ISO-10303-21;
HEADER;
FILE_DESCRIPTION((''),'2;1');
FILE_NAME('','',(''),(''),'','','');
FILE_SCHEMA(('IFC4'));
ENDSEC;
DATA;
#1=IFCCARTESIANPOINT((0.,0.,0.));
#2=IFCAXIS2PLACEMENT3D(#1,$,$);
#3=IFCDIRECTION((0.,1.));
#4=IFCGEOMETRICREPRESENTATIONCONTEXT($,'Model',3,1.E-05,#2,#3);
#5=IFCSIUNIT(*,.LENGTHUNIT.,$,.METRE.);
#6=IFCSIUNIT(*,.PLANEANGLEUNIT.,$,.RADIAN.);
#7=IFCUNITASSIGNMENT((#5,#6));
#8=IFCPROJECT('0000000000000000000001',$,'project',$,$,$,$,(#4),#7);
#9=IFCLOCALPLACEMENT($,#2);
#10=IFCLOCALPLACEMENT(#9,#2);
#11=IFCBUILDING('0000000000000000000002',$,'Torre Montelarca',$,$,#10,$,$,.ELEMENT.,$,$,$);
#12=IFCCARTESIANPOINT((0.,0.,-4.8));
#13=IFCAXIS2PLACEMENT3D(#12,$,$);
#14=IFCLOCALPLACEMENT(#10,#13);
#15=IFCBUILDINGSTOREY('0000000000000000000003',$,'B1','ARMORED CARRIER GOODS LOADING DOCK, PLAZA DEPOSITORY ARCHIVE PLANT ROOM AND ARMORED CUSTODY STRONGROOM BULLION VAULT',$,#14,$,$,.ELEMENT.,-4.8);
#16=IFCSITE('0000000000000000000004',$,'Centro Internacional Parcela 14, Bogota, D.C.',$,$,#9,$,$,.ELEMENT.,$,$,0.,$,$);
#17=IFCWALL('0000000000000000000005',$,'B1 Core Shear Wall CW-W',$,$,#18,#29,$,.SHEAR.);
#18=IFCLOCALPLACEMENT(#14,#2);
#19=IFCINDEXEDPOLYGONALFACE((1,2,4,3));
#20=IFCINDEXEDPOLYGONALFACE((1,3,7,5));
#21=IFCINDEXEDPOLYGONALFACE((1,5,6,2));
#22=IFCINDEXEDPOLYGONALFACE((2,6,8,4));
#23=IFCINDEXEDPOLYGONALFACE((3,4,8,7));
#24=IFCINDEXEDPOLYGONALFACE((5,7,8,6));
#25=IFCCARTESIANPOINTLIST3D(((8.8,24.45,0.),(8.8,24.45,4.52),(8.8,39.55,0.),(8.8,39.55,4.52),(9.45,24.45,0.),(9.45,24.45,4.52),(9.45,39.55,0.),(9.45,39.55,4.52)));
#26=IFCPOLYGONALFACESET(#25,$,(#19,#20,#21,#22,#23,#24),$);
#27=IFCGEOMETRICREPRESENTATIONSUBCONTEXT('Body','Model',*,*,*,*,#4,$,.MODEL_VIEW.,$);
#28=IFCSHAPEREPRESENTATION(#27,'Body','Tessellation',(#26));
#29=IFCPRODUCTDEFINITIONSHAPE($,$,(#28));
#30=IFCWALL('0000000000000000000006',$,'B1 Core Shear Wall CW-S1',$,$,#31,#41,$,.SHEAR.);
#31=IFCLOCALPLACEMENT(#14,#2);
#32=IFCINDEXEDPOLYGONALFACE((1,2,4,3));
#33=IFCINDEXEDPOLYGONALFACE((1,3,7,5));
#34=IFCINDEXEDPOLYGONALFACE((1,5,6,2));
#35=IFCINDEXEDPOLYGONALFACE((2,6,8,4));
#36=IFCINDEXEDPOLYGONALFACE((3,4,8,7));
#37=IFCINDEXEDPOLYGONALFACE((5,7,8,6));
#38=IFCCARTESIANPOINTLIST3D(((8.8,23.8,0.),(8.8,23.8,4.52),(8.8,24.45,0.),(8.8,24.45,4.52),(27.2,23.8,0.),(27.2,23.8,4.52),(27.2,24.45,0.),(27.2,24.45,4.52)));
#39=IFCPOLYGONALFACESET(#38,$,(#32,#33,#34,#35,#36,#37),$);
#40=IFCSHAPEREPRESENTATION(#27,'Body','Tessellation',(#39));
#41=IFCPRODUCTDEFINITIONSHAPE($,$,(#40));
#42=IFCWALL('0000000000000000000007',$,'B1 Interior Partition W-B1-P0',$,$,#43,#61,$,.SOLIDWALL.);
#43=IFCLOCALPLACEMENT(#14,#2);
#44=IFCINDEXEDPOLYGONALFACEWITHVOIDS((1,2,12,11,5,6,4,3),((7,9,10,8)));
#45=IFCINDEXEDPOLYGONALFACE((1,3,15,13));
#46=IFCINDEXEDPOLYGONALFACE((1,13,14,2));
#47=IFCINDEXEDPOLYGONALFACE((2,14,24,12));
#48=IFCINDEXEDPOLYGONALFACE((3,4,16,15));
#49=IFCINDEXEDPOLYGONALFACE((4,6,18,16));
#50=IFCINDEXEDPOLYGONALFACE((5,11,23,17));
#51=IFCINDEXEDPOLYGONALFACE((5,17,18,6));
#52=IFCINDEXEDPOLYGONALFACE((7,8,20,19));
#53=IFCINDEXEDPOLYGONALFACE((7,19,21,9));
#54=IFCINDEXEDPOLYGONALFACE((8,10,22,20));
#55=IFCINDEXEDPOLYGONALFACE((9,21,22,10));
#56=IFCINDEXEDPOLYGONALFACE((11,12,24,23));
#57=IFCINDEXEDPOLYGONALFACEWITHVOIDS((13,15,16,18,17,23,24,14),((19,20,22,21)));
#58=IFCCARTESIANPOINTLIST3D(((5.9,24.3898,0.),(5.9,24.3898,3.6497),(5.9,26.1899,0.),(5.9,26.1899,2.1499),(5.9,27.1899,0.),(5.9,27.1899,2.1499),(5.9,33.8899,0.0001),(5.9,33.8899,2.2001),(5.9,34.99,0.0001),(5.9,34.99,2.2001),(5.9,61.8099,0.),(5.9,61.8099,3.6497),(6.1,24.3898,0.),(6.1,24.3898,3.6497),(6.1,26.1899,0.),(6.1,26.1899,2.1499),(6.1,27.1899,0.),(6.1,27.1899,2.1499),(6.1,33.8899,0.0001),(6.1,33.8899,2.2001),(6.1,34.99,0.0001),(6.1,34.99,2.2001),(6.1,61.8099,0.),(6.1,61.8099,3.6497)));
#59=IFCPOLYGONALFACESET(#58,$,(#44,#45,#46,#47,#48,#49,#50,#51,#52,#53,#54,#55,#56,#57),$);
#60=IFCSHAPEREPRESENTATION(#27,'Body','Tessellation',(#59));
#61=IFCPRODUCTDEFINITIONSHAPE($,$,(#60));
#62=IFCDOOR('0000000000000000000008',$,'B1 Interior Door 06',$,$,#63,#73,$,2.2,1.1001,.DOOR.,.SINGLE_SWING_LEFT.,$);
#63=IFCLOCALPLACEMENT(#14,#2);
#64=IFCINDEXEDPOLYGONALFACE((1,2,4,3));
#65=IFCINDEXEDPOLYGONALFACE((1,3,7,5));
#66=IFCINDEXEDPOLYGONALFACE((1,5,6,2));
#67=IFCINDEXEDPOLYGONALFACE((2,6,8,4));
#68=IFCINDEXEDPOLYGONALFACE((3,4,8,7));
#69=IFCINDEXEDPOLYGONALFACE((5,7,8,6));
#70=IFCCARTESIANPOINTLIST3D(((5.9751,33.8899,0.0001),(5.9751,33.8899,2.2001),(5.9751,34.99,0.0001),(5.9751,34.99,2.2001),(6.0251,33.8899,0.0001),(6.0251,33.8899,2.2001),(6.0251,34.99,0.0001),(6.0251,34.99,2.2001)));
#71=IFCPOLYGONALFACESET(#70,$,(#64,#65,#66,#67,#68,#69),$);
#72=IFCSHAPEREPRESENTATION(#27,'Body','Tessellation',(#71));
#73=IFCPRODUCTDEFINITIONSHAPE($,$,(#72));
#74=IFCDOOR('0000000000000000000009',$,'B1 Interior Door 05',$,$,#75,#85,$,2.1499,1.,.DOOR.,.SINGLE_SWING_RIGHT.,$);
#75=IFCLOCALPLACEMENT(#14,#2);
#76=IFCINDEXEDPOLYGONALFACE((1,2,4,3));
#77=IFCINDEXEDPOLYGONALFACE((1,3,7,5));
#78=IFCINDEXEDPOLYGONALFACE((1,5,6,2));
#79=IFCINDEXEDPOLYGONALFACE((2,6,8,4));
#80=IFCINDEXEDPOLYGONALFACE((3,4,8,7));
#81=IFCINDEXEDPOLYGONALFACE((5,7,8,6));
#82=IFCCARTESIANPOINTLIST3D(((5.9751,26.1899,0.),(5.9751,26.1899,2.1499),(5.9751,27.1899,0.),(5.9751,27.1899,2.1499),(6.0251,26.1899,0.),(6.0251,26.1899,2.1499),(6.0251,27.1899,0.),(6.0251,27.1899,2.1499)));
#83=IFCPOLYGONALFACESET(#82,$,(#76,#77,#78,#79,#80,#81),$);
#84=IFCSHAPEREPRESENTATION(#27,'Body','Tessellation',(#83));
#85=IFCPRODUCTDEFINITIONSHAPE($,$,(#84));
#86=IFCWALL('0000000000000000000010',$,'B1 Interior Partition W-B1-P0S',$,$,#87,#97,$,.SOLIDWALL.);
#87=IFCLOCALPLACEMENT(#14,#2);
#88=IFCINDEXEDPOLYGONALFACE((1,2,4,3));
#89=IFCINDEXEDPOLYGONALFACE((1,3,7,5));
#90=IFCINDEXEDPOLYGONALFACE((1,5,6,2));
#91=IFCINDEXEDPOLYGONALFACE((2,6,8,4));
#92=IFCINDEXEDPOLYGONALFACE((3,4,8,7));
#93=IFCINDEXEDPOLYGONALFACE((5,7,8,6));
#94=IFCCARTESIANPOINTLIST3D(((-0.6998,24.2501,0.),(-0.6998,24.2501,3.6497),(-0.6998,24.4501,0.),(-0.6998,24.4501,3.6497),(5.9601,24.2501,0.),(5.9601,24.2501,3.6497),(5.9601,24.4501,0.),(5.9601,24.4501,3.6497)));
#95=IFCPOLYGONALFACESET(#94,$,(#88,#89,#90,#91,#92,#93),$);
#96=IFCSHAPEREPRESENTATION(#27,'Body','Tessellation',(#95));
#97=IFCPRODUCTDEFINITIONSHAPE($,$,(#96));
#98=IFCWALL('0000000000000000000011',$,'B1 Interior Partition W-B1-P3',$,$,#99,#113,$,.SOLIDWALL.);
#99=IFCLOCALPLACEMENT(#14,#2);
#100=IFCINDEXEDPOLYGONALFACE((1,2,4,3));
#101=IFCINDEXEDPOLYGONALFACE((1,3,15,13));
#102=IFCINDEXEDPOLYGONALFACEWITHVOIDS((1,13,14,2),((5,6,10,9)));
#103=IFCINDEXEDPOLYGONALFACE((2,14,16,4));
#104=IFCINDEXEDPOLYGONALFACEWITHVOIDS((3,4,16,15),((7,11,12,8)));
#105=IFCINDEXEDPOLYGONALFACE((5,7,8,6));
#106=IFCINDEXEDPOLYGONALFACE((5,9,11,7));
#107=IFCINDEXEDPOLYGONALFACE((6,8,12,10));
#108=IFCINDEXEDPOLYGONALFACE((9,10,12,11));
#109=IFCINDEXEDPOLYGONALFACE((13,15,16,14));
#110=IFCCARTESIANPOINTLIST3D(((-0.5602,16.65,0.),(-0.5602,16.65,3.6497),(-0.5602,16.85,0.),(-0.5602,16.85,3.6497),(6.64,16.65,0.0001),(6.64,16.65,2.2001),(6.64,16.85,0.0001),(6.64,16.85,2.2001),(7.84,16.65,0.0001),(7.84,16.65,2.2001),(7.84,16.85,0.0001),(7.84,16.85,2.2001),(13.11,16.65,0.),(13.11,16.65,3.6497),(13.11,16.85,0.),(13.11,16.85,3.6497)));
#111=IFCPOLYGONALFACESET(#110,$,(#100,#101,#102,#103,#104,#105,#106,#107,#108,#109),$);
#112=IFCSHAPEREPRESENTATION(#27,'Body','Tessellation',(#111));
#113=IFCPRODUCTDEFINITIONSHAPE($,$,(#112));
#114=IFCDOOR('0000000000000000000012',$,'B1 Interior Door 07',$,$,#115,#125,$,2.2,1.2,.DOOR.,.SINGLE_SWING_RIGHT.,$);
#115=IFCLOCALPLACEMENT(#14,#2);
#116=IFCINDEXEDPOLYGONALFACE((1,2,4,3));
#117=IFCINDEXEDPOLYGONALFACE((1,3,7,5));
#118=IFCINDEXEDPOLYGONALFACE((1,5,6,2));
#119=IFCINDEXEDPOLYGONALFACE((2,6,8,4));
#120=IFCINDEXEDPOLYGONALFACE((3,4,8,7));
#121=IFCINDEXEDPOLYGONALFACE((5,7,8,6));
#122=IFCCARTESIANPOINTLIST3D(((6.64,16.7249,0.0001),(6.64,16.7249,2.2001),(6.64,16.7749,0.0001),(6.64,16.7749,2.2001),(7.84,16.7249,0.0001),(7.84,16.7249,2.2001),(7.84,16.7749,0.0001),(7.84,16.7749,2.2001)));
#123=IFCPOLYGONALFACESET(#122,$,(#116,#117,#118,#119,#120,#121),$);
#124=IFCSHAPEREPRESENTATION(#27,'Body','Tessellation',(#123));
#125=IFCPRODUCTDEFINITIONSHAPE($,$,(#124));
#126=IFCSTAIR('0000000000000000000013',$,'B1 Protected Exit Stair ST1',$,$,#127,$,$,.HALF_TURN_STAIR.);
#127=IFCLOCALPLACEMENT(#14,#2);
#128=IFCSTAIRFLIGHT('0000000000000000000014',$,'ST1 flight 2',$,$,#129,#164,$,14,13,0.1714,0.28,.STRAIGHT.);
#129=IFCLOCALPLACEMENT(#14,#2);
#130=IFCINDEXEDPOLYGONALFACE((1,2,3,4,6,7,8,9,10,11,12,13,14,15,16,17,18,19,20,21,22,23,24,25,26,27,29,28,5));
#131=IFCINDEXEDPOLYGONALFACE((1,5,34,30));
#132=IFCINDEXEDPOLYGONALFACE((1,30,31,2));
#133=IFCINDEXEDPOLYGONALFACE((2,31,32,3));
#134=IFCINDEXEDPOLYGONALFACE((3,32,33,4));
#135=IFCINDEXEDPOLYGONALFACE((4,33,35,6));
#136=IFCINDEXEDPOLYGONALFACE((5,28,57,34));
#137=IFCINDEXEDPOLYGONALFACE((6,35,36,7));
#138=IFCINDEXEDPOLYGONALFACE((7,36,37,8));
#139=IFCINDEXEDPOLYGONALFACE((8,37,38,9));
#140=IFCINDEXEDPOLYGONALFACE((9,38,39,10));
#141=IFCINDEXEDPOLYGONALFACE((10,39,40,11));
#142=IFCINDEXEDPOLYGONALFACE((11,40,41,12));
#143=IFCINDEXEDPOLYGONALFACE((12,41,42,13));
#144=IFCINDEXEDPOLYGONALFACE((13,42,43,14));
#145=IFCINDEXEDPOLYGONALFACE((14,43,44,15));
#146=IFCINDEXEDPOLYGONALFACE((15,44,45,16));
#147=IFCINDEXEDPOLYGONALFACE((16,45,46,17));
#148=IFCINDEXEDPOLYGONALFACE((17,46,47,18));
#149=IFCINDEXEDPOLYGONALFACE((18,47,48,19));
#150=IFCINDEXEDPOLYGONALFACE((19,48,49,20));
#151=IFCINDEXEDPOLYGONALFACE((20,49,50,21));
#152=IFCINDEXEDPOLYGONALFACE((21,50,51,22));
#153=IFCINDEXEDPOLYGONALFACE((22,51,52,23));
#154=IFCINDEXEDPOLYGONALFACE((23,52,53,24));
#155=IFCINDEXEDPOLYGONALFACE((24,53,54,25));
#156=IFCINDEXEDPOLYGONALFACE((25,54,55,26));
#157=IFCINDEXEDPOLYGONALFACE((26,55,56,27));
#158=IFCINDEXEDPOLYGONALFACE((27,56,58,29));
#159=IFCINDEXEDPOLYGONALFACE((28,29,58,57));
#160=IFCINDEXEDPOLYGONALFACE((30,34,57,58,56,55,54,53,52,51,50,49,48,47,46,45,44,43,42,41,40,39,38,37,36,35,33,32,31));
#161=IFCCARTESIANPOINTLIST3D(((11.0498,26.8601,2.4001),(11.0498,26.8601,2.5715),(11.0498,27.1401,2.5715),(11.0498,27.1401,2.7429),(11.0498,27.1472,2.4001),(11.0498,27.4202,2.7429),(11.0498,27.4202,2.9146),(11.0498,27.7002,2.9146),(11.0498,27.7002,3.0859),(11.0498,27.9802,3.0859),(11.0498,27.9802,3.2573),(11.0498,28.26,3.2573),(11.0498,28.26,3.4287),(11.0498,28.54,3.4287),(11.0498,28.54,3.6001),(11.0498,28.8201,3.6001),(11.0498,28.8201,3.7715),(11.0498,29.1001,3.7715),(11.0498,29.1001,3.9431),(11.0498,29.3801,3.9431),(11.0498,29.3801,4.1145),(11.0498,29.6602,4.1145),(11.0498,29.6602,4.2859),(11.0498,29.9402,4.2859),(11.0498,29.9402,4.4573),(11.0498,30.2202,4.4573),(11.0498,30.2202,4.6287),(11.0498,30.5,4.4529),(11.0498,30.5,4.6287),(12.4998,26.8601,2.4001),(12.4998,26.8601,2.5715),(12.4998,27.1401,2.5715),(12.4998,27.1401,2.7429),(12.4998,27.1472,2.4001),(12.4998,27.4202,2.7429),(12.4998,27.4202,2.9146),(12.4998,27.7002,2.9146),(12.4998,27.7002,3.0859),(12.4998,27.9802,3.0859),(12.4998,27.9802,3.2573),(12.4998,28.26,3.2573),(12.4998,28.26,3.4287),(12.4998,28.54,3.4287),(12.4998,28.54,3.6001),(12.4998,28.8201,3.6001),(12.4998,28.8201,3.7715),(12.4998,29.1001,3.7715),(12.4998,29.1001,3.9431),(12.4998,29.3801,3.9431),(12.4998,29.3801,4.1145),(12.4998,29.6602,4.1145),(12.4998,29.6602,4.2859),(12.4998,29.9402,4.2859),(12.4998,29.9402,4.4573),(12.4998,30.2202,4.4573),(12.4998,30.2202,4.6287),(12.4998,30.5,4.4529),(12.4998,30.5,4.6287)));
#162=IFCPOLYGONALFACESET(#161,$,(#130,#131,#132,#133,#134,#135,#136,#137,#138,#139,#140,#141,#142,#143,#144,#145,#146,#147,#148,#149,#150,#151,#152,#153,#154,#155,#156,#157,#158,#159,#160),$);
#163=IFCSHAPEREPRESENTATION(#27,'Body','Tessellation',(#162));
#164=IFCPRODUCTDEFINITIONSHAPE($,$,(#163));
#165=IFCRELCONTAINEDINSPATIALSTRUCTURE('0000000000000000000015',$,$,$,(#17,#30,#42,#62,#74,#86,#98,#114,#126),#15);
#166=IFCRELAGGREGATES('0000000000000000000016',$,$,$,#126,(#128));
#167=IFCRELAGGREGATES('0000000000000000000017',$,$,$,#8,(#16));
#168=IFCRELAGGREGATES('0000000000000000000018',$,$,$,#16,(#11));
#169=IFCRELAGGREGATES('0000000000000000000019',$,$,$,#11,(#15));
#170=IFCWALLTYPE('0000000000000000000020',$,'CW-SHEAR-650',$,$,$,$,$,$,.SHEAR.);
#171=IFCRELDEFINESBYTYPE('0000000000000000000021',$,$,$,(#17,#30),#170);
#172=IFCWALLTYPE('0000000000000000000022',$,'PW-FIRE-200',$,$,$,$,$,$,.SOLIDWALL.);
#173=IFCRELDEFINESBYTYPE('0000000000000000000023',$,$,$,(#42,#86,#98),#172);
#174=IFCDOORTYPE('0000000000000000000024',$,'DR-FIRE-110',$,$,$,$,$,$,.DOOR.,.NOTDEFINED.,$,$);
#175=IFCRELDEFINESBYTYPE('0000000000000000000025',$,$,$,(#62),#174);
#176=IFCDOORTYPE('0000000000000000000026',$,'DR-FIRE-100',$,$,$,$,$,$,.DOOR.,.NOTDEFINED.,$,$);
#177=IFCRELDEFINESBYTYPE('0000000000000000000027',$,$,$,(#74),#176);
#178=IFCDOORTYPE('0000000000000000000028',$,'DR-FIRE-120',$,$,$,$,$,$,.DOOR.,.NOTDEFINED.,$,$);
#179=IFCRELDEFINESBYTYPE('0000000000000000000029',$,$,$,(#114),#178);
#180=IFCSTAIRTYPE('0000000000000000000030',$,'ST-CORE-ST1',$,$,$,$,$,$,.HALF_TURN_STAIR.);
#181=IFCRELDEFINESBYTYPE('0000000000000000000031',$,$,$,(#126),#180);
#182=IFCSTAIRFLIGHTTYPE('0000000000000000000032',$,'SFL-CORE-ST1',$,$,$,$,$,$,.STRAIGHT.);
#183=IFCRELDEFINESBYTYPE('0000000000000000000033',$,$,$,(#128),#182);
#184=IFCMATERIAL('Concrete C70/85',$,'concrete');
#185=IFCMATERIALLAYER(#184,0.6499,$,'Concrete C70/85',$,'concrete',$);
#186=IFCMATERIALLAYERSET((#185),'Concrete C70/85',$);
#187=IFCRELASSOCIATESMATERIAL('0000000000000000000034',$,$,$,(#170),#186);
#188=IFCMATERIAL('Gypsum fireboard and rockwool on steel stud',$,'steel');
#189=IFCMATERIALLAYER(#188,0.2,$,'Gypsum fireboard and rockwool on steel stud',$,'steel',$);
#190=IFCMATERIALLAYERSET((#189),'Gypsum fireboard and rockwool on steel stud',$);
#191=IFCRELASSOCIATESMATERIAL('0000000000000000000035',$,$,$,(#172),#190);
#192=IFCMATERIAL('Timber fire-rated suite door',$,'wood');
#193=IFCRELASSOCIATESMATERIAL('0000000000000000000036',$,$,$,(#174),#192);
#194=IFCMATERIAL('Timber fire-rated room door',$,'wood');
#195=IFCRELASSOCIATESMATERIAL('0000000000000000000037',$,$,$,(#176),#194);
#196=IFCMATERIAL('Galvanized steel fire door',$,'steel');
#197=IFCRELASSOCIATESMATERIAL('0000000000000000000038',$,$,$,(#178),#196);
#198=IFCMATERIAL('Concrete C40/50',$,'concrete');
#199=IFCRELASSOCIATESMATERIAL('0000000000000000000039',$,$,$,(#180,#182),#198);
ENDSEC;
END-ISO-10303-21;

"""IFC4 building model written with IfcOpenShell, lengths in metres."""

from ifc_helpers import new_model, si_unit, direction, frame, frame_2d, origin, place, context, subcontext, project, spatial, polyline, rectangle, outline, extrude, source, transform, mapped, material, layer, layer_set, type_object, element, fill, aggregate, save


model = new_model("IFC4")

# Units and contexts
model_context = context("Model", 3, precision=1e-05, world=origin(), true_north=direction((0.0, 1.0)))
body_context = subcontext(model_context, "Body", "Model", "MODEL_VIEW")
ifc_project = project(units=[si_unit("LENGTHUNIT", "METRE"), si_unit("PLANEANGLEUNIT", "RADIAN")], contexts=[model_context])

# Site, building, storey
site_placement = place(None, origin())
site = spatial("IfcSite", under=ifc_project, at=site_placement, Name="Centro Internacional Parcela 14, Bogota, D.C.", CompositionType="ELEMENT", RefElevation=0.0)
building_placement = place(site_placement, origin())
building = spatial("IfcBuilding", under=site, at=building_placement, Name="Torre Montelarca", CompositionType="ELEMENT")
storey_placement = place(building_placement, frame((0.0, 0.0, -4.8)))
storey = spatial("IfcBuildingStorey", under=building, at=storey_placement, Name="B1", Description="ARMORED CARRIER GOODS LOADING DOCK, PLAZA DEPOSITORY ARCHIVE PLANT ROOM AND ARMORED CUSTODY STRONGROOM BULLION VAULT", CompositionType="ELEMENT", Elevation=-4.8)

# Shared definitions
ifc_material_1 = material(Name="Concrete C70/85", Category="concrete")

# Shared definitions
ifc_material_2 = material(Name="Concrete C40/50", Category="concrete")
ifc_material_3 = material(Name="Galvanized steel fire door", Category="steel")

# Walls
ifc_layer_1 = layer(ifc_material_1, 0.6499, Name="Concrete C70/85", Category="concrete")
ifc_layer_set_1 = layer_set([ifc_layer_1], Name="Concrete C70/85")
wall_type_1 = type_object("IfcWallType", Name="CW-SHEAR-650", PredefinedType="SHEAR", material=ifc_layer_set_1)
wall_1_placement = place(storey_placement, frame((9.125, 24.45, 0.0), z_axis=(0.0, 0.0, 1.0), x_axis=(0.0, 1.0, 0.0)))
element("IfcWall", 1, at=wall_1_placement, inside=storey, type_object=wall_type_1, Name="B1 Core Shear Wall CW-W", PredefinedType="SHEAR", context=body_context, shape_type="SweptSolid", body=[
    extrude(rectangle(XDim=15.1001, YDim=0.6499, at=frame_2d((7.55, 0.0))), origin(), (0.0, 0.0, 1.0), 4.52),
])
wall_2_placement = place(storey_placement, frame((8.8, 24.125, 0.0), z_axis=(0.0, 0.0, 1.0), x_axis=(1.0, 0.0, 0.0)))
element("IfcWall", 2, at=wall_2_placement, inside=storey, type_object=wall_type_1, Name="B1 Core Shear Wall CW-S1", PredefinedType="SHEAR", context=body_context, shape_type="SweptSolid", body=[
    extrude(rectangle(XDim=18.3999, YDim=0.6499, at=frame_2d((9.2, 0.0))), origin(), (0.0, 0.0, 1.0), 4.52),
])

# Wall, openings, doors
ifc_material_4 = material(Name="Gypsum fireboard and rockwool on steel stud", Category="steel")
ifc_layer_2 = layer(ifc_material_4, 0.2, Name="Gypsum fireboard and rockwool on steel stud", Category="steel")
ifc_layer_set_2 = layer_set([ifc_layer_2], Name="Gypsum fireboard and rockwool on steel stud")
wall_type_2 = type_object("IfcWallType", Name="PW-FIRE-200", PredefinedType="SOLIDWALL", material=ifc_layer_set_2)
wall_3_placement = place(storey_placement, frame((6.0, 24.3899, 0.0), z_axis=(0.0, 0.0, 1.0), x_axis=(0.0, 1.0, 0.0)))
wall_3 = element("IfcWall", 3, at=wall_3_placement, inside=storey, type_object=wall_type_2, Name="B1 Interior Partition W-B1-P0", PredefinedType="SOLIDWALL", context=body_context, shape_type="SweptSolid", body=[
    extrude(rectangle(XDim=37.4202, YDim=0.2, at=frame_2d((18.71, 0.0))), origin(), (0.0, 0.0, 1.0), 3.6497),
])
opening_1_placement = place(wall_3_placement, frame((1.8, 0.0, 0.0)))
opening_1 = element("IfcOpeningElement", 4, at=opening_1_placement, cuts=wall_3, PredefinedType="OPENING", context=body_context, shape_type="SweptSolid", body=[
    extrude(rectangle(XDim=1.0, YDim=2.1499, at=frame_2d((0.5, 1.075))), frame((0.0, 0.1099, 0.0), z_axis=(0.0, -1.0, 0.0), x_axis=(1.0, 0.0, 0.0)), (0.0, 0.0, 1.0), 0.22),
])
opening_2_placement = place(wall_3_placement, frame((9.5, 0.0, 0.0)))
opening_2 = element("IfcOpeningElement", 5, at=opening_2_placement, cuts=wall_3, PredefinedType="OPENING", context=body_context, shape_type="SweptSolid", body=[
    extrude(rectangle(XDim=1.1001, YDim=2.2, at=frame_2d((0.55, 1.1001))), frame((0.0, 0.1099, 0.0), z_axis=(0.0, -1.0, 0.0), x_axis=(1.0, 0.0, 0.0)), (0.0, 0.0, 1.0), 0.22),
])
ifc_material_5 = material(Name="Timber fire-rated suite door", Category="wood")
door_type_1 = type_object("IfcDoorType", Name="DR-FIRE-110", OperationType="NOTDEFINED", PredefinedType="DOOR", material=ifc_material_5)
shared_shape_1 = source(origin(), body_context, "Body", "SweptSolid", [
    extrude(rectangle(XDim=1.1001, YDim=2.2, at=frame_2d((0.55, 1.1001))), frame((0.0, 0.0249, 0.0), z_axis=(0.0, -1.0, 0.0), x_axis=(1.0, 0.0, 0.0)), (0.0, 0.0, 1.0), 0.05),
])
door_1_placement = place(opening_2_placement, origin())
door_1 = element("IfcDoor", 6, at=door_1_placement, inside=storey, type_object=door_type_1, Name="B1 Interior Door 06", OperationType="SINGLE_SWING_LEFT", OverallHeight=2.2, OverallWidth=1.1001, PredefinedType="DOOR", context=body_context, shape_type="MappedRepresentation", body=[
    mapped(shared_shape_1, transform((0.0, 0.0, 0.0), scale=1.0)),
])
fill(opening_2, door_1)
ifc_material_6 = material(Name="Timber fire-rated room door", Category="wood")
door_type_2 = type_object("IfcDoorType", Name="DR-FIRE-100", OperationType="NOTDEFINED", PredefinedType="DOOR", material=ifc_material_6)
shared_shape_2 = source(origin(), body_context, "Body", "SweptSolid", [
    extrude(rectangle(XDim=1.0, YDim=2.1499, at=frame_2d((0.5, 1.075))), frame((0.0, 0.0249, 0.0), z_axis=(0.0, -1.0, 0.0), x_axis=(1.0, 0.0, 0.0)), (0.0, 0.0, 1.0), 0.05),
])
door_2_placement = place(opening_1_placement, origin())
door_2 = element("IfcDoor", 7, at=door_2_placement, inside=storey, type_object=door_type_2, Name="B1 Interior Door 05", OperationType="SINGLE_SWING_RIGHT", OverallHeight=2.1499, OverallWidth=1.0, PredefinedType="DOOR", context=body_context, shape_type="MappedRepresentation", body=[
    mapped(shared_shape_2, transform((0.0, 0.0, 0.0), scale=1.0)),
])
fill(opening_1, door_2)

# Wall
wall_4_placement = place(storey_placement, frame((-0.7, 24.3501, 0.0), z_axis=(0.0, 0.0, 1.0), x_axis=(1.0, 0.0, 0.0)))
element("IfcWall", 8, at=wall_4_placement, inside=storey, type_object=wall_type_2, Name="B1 Interior Partition W-B1-P0S", PredefinedType="SOLIDWALL", context=body_context, shape_type="SweptSolid", body=[
    extrude(rectangle(XDim=6.6599, YDim=0.2, at=frame_2d((3.3301, 0.0))), origin(), (0.0, 0.0, 1.0), 3.6497),
])

# Wall, opening, door
wall_5_placement = place(storey_placement, frame((-0.5601, 16.75, 0.0), z_axis=(0.0, 0.0, 1.0), x_axis=(1.0, 0.0, 0.0)))
wall_5 = element("IfcWall", 9, at=wall_5_placement, inside=storey, type_object=wall_type_2, Name="B1 Interior Partition W-B1-P3", PredefinedType="SOLIDWALL", context=body_context, shape_type="SweptSolid", body=[
    extrude(rectangle(XDim=13.6702, YDim=0.2, at=frame_2d((6.835, 0.0))), origin(), (0.0, 0.0, 1.0), 3.6497),
])
opening_3_placement = place(wall_5_placement, frame((7.2, 0.0, 0.0)))
opening_3 = element("IfcOpeningElement", 10, at=opening_3_placement, cuts=wall_5, PredefinedType="OPENING", context=body_context, shape_type="SweptSolid", body=[
    extrude(rectangle(XDim=1.2, YDim=2.2, at=frame_2d((0.6001, 1.1001))), frame((0.0, 0.1099, 0.0), z_axis=(0.0, -1.0, 0.0), x_axis=(1.0, 0.0, 0.0)), (0.0, 0.0, 1.0), 0.22),
])
door_type_3 = type_object("IfcDoorType", Name="DR-FIRE-120", OperationType="NOTDEFINED", PredefinedType="DOOR", material=ifc_material_3)
shared_shape_3 = source(origin(), body_context, "Body", "SweptSolid", [
    extrude(rectangle(XDim=1.2, YDim=2.2, at=frame_2d((0.6001, 1.1001))), frame((0.0, 0.0249, 0.0), z_axis=(0.0, -1.0, 0.0), x_axis=(1.0, 0.0, 0.0)), (0.0, 0.0, 1.0), 0.05),
])
door_3_placement = place(opening_3_placement, origin())
door_3 = element("IfcDoor", 11, at=door_3_placement, inside=storey, type_object=door_type_3, Name="B1 Interior Door 07", OperationType="SINGLE_SWING_RIGHT", OverallHeight=2.2, OverallWidth=1.2, PredefinedType="DOOR", context=body_context, shape_type="MappedRepresentation", body=[
    mapped(shared_shape_3, transform((0.0, 0.0, 0.0), scale=1.0)),
])
fill(opening_3, door_3)

# Stair, stair flight
stair_type = type_object("IfcStairType", Name="ST-CORE-ST1", PredefinedType="HALF_TURN_STAIR", material=ifc_material_2)
stair_placement = place(storey_placement, origin())
stair = element("IfcStair", 12, at=stair_placement, inside=storey, type_object=stair_type, Name="B1 Protected Exit Stair ST1", PredefinedType="HALF_TURN_STAIR")
stair_flight_type = type_object("IfcStairFlightType", Name="SFL-CORE-ST1", PredefinedType="STRAIGHT", material=ifc_material_2)
stair_flight_placement = place(storey_placement, frame((11.7749, 26.8601, 2.4001), z_axis=(0.0, 0.0, 1.0), x_axis=(0.0, 1.0, 0.0)))
stair_flight = element("IfcStairFlight", 13, at=stair_flight_placement, type_object=stair_flight_type, Name="ST1 flight 2", NumberOfRisers=14, NumberOfTreads=13, PredefinedType="STRAIGHT", RiserHeight=0.1714, TreadLength=0.28, context=body_context, shape_type="SweptSolid", body=[
    extrude(outline(polyline([(0.0, 0.0), (0.0, 0.1714), (0.28, 0.1714), (0.28, 0.3428), (0.5601, 0.3428), (0.5601, 0.5144), (0.8401, 0.5144), (0.8401, 0.6858), (1.1201, 0.6858), (1.1201, 0.8572), (1.3999, 0.8572), (1.3999, 1.0286), (1.6799, 1.0286), (1.6799, 1.2), (1.96, 1.2), (1.96, 1.3713), (2.24, 1.3713), (2.24, 1.543), (2.52, 1.543), (2.52, 1.7144), (2.8, 1.7144), (2.8, 1.8857), (3.0801, 1.8857), (3.0801, 2.0571), (3.3601, 2.0571), (3.3601, 2.2285), (3.6399, 2.2285), (3.6399, 2.3999), (3.6399, 2.0527), (0.2871, 0.0), (0.0, 0.0)])), frame((0.0, 0.7251, 0.0), z_axis=(0.0, -1.0, 0.0), x_axis=(1.0, 0.0, 0.0)), (0.0, 0.0, 1.0), 1.45),
])
aggregate(stair, [stair_flight])

save(model, "model.ifc")
